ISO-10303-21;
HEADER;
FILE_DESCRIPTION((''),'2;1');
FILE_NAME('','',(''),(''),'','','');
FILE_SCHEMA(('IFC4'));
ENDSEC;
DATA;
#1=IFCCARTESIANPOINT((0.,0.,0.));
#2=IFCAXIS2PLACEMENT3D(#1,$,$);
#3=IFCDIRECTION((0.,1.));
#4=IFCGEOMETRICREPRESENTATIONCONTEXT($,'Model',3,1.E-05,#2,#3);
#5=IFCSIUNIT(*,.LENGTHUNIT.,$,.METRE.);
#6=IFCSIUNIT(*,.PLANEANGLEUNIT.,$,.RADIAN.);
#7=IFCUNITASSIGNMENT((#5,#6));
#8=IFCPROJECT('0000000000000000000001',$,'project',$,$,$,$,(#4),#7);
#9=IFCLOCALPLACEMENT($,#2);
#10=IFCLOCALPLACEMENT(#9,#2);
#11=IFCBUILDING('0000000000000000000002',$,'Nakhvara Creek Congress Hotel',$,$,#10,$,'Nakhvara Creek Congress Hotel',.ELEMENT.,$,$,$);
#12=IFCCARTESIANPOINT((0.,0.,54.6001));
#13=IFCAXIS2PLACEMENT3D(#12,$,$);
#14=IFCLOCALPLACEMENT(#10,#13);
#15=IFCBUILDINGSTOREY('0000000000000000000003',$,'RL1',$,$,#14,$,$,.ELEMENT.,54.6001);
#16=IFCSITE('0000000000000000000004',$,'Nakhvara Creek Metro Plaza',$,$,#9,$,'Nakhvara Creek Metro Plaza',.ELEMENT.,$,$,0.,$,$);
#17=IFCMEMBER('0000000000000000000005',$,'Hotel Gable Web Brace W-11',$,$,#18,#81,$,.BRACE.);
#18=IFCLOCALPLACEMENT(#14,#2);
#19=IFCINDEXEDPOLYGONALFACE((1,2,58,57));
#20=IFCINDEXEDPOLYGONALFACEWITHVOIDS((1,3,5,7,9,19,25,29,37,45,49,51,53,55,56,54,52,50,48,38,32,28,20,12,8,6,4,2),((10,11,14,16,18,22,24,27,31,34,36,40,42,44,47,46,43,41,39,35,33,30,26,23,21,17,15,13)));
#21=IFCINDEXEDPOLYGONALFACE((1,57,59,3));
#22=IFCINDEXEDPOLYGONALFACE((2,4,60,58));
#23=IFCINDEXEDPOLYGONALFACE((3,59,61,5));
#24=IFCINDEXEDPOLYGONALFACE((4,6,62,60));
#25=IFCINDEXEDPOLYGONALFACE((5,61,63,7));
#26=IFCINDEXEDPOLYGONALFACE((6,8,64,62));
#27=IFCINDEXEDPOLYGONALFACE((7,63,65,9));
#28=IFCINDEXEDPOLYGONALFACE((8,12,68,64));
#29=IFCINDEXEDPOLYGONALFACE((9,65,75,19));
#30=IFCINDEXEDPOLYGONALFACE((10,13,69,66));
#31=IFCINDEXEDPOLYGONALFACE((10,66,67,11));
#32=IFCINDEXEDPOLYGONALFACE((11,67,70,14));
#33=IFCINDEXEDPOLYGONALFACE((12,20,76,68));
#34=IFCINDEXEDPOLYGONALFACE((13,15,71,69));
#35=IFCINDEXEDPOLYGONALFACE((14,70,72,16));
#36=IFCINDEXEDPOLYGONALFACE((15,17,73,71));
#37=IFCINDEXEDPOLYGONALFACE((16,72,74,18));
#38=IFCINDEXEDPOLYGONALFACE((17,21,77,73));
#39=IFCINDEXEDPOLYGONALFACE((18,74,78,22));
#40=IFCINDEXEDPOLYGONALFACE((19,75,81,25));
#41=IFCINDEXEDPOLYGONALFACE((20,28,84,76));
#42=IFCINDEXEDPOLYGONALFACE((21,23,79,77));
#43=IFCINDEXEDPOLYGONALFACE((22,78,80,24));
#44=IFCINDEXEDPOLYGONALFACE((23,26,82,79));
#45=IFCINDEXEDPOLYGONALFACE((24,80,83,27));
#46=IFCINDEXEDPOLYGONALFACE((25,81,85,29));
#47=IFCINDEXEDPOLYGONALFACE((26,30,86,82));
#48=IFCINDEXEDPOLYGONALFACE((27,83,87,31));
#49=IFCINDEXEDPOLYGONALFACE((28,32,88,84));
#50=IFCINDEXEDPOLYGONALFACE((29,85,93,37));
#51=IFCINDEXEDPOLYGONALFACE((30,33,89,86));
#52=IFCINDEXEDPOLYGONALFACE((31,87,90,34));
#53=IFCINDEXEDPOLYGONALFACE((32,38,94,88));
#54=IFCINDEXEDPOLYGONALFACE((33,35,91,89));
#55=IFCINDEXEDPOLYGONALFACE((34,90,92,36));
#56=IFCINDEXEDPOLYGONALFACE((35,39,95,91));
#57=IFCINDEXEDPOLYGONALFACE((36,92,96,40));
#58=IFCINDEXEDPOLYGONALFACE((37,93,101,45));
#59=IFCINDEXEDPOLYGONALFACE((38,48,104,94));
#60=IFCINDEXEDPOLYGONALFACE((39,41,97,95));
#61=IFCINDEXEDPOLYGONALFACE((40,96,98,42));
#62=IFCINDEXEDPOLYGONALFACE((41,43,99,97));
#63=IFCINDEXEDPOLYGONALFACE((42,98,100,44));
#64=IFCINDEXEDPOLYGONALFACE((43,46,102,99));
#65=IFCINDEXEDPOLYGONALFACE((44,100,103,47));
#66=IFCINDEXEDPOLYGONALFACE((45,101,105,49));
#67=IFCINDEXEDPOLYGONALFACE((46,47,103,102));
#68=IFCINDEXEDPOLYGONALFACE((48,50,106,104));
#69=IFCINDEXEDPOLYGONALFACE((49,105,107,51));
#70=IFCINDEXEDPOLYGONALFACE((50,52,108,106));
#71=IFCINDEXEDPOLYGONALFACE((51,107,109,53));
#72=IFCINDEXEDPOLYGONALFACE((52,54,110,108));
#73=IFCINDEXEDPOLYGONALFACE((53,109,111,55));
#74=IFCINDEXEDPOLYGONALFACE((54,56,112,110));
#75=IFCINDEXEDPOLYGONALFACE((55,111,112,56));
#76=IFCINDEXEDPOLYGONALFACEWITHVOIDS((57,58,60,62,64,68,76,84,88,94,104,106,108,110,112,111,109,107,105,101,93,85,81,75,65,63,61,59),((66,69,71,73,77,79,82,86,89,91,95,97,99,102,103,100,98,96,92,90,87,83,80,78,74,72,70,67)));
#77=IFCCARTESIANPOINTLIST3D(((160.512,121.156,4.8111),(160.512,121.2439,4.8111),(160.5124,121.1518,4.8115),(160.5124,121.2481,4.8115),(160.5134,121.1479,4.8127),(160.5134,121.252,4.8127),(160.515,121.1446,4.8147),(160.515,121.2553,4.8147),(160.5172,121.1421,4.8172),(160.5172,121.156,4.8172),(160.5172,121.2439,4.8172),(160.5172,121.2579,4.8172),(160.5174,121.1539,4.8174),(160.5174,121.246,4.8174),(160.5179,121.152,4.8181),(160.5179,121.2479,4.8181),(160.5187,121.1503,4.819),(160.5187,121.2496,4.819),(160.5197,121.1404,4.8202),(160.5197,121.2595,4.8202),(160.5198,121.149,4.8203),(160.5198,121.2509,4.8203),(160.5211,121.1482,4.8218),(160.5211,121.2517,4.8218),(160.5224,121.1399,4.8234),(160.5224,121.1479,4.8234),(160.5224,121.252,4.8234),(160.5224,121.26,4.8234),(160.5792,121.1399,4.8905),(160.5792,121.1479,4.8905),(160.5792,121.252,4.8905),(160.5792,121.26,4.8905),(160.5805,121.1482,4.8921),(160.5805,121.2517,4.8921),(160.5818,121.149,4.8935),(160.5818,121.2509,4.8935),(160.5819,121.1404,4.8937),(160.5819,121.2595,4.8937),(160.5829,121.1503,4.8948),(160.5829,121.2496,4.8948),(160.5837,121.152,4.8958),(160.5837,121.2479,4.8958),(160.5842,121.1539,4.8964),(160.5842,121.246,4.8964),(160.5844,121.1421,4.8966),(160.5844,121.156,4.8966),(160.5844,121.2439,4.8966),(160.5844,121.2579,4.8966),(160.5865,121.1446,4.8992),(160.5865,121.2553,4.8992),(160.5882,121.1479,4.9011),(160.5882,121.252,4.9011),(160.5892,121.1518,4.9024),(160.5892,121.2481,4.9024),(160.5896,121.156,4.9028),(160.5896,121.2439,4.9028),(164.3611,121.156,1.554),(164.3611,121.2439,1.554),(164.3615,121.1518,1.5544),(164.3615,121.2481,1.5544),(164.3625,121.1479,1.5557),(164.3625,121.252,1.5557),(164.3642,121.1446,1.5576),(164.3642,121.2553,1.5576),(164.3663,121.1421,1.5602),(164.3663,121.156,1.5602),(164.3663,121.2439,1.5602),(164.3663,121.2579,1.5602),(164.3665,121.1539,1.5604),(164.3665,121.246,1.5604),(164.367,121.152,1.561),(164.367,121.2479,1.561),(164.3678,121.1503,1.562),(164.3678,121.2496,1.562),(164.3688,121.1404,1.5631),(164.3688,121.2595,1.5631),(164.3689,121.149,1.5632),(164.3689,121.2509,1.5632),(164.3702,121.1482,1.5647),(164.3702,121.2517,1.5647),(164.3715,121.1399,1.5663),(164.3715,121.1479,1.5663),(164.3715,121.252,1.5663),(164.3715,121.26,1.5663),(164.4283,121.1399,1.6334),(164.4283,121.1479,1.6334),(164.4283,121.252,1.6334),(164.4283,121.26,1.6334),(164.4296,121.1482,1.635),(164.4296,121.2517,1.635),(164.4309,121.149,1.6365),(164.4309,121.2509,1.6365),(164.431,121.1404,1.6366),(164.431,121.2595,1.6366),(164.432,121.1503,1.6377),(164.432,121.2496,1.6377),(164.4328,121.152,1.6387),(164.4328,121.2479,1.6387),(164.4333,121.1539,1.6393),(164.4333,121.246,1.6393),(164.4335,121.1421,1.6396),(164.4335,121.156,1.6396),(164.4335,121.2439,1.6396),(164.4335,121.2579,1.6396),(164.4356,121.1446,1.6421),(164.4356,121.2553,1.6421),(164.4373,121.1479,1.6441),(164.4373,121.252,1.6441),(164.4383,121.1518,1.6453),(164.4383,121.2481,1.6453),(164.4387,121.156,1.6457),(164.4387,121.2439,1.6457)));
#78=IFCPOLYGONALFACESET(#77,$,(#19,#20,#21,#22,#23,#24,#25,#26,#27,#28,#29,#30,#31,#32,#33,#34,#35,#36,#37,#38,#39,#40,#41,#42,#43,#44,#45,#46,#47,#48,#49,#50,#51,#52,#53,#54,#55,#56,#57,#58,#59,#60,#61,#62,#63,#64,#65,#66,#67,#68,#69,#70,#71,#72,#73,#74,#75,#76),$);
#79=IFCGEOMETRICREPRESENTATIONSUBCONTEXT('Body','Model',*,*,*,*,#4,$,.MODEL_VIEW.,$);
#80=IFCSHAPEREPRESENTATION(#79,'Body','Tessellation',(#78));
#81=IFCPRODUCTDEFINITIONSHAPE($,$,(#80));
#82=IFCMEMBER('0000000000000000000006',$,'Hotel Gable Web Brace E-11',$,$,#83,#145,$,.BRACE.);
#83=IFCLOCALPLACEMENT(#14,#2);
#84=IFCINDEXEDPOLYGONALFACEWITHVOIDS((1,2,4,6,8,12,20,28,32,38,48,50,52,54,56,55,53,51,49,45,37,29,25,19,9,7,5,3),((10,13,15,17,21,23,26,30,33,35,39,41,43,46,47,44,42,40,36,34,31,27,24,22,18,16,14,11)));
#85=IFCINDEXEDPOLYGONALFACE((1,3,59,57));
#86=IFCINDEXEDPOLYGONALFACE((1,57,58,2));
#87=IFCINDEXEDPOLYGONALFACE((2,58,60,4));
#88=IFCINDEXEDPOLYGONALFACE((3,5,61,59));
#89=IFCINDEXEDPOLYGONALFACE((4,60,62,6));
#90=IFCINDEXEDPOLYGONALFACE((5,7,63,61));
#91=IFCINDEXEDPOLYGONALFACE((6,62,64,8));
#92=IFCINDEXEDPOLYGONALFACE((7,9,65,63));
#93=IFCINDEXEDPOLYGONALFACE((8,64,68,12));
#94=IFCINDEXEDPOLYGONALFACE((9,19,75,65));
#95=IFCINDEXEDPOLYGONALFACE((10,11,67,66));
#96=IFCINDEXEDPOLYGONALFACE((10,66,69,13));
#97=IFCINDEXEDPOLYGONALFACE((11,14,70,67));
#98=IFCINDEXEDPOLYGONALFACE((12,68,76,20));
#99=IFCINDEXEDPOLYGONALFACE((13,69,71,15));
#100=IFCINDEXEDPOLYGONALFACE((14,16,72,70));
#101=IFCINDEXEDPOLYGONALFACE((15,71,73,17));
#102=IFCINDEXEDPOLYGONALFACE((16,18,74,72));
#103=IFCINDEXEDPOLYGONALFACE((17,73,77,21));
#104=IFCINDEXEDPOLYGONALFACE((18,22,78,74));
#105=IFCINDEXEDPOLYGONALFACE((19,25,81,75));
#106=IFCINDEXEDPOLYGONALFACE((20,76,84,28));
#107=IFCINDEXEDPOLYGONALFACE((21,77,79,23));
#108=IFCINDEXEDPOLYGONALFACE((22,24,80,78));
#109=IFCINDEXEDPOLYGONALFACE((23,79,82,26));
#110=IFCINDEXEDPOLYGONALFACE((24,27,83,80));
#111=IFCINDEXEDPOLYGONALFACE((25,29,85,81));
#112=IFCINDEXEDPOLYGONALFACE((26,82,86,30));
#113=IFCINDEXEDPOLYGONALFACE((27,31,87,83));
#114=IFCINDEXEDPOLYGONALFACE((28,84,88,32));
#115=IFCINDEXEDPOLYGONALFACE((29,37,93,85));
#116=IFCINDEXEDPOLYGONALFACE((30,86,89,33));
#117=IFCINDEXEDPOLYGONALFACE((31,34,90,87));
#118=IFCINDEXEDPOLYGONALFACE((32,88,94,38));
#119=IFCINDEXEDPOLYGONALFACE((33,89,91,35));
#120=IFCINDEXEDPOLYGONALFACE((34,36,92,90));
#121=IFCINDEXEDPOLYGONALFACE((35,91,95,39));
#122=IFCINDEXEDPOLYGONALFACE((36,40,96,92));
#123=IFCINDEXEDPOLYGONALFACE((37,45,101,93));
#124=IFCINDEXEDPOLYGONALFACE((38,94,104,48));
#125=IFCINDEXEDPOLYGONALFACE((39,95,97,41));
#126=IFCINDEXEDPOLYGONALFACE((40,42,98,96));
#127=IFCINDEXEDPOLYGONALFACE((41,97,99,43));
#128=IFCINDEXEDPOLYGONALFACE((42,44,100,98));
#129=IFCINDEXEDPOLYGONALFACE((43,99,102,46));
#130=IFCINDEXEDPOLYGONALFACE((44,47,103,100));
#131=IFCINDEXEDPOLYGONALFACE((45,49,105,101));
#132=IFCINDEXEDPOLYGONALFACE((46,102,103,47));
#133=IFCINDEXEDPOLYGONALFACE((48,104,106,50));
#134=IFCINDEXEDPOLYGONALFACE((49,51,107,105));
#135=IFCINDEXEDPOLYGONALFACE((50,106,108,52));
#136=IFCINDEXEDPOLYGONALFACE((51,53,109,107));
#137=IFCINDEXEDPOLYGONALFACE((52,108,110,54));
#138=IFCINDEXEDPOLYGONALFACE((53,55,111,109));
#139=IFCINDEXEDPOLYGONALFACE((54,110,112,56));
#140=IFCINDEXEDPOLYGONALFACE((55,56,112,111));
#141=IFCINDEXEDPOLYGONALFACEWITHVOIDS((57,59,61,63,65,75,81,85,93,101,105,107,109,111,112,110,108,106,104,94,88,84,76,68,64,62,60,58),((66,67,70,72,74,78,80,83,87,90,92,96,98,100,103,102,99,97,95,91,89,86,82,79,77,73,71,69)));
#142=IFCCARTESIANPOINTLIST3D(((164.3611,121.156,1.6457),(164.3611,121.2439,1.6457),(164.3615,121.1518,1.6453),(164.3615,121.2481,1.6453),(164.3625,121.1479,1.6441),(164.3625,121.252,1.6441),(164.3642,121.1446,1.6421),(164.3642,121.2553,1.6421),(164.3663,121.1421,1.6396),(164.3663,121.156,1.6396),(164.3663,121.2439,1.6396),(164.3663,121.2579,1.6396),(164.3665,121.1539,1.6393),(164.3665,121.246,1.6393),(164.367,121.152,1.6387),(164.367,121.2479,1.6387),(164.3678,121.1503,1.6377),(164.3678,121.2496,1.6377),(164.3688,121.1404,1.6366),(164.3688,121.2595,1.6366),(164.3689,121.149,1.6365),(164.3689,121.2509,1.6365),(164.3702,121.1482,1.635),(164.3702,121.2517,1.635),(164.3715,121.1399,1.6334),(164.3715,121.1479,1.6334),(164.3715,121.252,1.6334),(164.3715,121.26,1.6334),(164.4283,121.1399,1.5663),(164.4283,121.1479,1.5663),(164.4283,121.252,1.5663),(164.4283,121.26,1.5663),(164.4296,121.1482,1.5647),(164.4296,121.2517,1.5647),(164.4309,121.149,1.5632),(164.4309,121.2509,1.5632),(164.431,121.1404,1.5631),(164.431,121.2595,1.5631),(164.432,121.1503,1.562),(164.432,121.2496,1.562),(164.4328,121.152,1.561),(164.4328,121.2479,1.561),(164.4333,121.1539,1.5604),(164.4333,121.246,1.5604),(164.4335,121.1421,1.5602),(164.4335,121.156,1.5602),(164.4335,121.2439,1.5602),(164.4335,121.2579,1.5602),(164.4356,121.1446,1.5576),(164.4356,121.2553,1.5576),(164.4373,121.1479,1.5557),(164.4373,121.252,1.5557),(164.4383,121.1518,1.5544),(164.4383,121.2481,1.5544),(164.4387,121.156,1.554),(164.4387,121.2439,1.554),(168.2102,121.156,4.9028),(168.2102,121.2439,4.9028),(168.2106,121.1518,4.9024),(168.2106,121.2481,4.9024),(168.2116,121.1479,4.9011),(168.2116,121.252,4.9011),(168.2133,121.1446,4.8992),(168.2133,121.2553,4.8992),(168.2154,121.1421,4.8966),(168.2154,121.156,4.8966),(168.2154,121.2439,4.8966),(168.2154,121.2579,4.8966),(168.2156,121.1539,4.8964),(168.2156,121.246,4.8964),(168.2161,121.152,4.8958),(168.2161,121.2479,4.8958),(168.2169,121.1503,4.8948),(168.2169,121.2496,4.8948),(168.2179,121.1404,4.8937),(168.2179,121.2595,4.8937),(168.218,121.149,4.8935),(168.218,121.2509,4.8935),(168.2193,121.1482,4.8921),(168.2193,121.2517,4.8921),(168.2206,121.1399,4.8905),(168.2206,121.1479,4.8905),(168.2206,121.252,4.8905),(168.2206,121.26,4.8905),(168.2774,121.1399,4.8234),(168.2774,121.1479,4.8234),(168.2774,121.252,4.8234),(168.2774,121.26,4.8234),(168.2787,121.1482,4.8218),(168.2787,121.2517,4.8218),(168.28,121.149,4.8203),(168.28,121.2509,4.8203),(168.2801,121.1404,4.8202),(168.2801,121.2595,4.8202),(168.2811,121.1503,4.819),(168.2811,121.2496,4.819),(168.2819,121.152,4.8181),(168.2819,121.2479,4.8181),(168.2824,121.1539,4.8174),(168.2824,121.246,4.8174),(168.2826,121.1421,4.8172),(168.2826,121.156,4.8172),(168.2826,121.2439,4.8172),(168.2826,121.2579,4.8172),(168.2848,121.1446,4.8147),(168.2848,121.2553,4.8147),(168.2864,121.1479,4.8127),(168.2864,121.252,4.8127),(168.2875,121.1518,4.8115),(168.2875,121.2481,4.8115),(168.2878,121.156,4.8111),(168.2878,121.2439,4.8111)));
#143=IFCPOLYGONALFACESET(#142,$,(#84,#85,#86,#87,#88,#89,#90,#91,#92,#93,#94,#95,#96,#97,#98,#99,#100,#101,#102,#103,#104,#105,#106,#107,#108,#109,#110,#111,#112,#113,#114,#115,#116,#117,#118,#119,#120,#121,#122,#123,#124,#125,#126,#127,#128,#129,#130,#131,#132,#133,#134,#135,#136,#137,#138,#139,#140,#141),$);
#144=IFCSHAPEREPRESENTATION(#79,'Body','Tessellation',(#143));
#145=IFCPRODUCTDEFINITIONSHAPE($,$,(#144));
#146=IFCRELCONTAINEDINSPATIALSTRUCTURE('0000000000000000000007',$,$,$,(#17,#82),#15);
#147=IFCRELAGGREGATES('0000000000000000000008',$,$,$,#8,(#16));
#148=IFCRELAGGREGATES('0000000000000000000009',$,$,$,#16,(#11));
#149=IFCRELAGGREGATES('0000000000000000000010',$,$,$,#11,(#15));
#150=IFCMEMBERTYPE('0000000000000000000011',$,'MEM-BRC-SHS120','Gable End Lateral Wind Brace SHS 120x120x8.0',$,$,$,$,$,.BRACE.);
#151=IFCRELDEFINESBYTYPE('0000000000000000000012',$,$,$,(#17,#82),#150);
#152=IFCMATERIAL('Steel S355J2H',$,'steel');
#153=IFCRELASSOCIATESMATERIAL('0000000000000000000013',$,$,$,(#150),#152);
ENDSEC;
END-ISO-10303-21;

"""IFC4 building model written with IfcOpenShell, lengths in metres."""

from ifc_helpers import new_model, si_unit, direction, frame, origin, origin_2d, place, context, subcontext, project, spatial, hollow_rectangle, extrude, material, material_profile, profile_set, type_object, element, save


model = new_model("IFC4")

# Units and contexts
model_context = context("Model", 3, precision=1e-05, world=origin(), true_north=direction((0.0, 1.0)))
body_context = subcontext(model_context, "Body", "Model", "MODEL_VIEW")
ifc_project = project(units=[si_unit("LENGTHUNIT", "METRE"), si_unit("PLANEANGLEUNIT", "RADIAN")], contexts=[model_context])

# Site, building, storey
site_placement = place(None, origin())
site = spatial("IfcSite", under=ifc_project, at=site_placement, Name="Nakhvara Creek Metro Plaza", LongName="Nakhvara Creek Metro Plaza", CompositionType="ELEMENT", RefElevation=0.0)
building_placement = place(site_placement, origin())
building = spatial("IfcBuilding", under=site, at=building_placement, Name="Nakhvara Creek Congress Hotel", LongName="Nakhvara Creek Congress Hotel", CompositionType="ELEMENT")
storey_placement = place(building_placement, frame((0.0, 0.0, 54.6001)))
storey = spatial("IfcBuildingStorey", under=building, at=storey_placement, Name="RL1", CompositionType="ELEMENT", Elevation=54.6001)

# Members
ifc_material_1 = material(Name="Steel S355J2H", Category="steel")
ifc_material_profile_1 = material_profile(ifc_material_1, hollow_rectangle(XDim=0.1201, YDim=0.1201, WallThickness=0.0081, InnerFilletRadius=0.0081, OuterFilletRadius=0.0161, at=origin_2d()), Name="SHS 120x120x8.0", Category="LoadBearing")
ifc_profile_set_1 = profile_set([ifc_material_profile_1], Name="Steel S355J2H")
member_type_1 = type_object("IfcMemberType", Name="MEM-BRC-SHS120", Description="Gable End Lateral Wind Brace SHS 120x120x8.0", PredefinedType="BRACE", material=ifc_profile_set_1)
for number, where, z_axis, x_axis, name in (
    (1, (164.3999, 121.2, 1.5999), (-0.763373, 0.0, 0.645957), (0.0, -1.0, 0.0), "Hotel Gable Web Brace W-11"),
    (2, (164.3999, 121.2, 1.5999), (0.763373, 0.0, 0.645957), (0.0, 1.0, 0.0), "Hotel Gable Web Brace E-11"),
):
    element("IfcMember", number, at=place(storey_placement, frame(where, z_axis=z_axis, x_axis=x_axis)), inside=storey, type_object=member_type_1, Name=name, PredefinedType="BRACE", context=body_context, shape_type="SweptSolid", body=[
        extrude(hollow_rectangle(XDim=0.1201, YDim=0.1201, WallThickness=0.0081, InnerFilletRadius=0.0081, OuterFilletRadius=0.0161, at=origin_2d()), origin(), (0.0, 0.0, 1.0), 5.0422),
    ])

save(model, "model.ifc")
